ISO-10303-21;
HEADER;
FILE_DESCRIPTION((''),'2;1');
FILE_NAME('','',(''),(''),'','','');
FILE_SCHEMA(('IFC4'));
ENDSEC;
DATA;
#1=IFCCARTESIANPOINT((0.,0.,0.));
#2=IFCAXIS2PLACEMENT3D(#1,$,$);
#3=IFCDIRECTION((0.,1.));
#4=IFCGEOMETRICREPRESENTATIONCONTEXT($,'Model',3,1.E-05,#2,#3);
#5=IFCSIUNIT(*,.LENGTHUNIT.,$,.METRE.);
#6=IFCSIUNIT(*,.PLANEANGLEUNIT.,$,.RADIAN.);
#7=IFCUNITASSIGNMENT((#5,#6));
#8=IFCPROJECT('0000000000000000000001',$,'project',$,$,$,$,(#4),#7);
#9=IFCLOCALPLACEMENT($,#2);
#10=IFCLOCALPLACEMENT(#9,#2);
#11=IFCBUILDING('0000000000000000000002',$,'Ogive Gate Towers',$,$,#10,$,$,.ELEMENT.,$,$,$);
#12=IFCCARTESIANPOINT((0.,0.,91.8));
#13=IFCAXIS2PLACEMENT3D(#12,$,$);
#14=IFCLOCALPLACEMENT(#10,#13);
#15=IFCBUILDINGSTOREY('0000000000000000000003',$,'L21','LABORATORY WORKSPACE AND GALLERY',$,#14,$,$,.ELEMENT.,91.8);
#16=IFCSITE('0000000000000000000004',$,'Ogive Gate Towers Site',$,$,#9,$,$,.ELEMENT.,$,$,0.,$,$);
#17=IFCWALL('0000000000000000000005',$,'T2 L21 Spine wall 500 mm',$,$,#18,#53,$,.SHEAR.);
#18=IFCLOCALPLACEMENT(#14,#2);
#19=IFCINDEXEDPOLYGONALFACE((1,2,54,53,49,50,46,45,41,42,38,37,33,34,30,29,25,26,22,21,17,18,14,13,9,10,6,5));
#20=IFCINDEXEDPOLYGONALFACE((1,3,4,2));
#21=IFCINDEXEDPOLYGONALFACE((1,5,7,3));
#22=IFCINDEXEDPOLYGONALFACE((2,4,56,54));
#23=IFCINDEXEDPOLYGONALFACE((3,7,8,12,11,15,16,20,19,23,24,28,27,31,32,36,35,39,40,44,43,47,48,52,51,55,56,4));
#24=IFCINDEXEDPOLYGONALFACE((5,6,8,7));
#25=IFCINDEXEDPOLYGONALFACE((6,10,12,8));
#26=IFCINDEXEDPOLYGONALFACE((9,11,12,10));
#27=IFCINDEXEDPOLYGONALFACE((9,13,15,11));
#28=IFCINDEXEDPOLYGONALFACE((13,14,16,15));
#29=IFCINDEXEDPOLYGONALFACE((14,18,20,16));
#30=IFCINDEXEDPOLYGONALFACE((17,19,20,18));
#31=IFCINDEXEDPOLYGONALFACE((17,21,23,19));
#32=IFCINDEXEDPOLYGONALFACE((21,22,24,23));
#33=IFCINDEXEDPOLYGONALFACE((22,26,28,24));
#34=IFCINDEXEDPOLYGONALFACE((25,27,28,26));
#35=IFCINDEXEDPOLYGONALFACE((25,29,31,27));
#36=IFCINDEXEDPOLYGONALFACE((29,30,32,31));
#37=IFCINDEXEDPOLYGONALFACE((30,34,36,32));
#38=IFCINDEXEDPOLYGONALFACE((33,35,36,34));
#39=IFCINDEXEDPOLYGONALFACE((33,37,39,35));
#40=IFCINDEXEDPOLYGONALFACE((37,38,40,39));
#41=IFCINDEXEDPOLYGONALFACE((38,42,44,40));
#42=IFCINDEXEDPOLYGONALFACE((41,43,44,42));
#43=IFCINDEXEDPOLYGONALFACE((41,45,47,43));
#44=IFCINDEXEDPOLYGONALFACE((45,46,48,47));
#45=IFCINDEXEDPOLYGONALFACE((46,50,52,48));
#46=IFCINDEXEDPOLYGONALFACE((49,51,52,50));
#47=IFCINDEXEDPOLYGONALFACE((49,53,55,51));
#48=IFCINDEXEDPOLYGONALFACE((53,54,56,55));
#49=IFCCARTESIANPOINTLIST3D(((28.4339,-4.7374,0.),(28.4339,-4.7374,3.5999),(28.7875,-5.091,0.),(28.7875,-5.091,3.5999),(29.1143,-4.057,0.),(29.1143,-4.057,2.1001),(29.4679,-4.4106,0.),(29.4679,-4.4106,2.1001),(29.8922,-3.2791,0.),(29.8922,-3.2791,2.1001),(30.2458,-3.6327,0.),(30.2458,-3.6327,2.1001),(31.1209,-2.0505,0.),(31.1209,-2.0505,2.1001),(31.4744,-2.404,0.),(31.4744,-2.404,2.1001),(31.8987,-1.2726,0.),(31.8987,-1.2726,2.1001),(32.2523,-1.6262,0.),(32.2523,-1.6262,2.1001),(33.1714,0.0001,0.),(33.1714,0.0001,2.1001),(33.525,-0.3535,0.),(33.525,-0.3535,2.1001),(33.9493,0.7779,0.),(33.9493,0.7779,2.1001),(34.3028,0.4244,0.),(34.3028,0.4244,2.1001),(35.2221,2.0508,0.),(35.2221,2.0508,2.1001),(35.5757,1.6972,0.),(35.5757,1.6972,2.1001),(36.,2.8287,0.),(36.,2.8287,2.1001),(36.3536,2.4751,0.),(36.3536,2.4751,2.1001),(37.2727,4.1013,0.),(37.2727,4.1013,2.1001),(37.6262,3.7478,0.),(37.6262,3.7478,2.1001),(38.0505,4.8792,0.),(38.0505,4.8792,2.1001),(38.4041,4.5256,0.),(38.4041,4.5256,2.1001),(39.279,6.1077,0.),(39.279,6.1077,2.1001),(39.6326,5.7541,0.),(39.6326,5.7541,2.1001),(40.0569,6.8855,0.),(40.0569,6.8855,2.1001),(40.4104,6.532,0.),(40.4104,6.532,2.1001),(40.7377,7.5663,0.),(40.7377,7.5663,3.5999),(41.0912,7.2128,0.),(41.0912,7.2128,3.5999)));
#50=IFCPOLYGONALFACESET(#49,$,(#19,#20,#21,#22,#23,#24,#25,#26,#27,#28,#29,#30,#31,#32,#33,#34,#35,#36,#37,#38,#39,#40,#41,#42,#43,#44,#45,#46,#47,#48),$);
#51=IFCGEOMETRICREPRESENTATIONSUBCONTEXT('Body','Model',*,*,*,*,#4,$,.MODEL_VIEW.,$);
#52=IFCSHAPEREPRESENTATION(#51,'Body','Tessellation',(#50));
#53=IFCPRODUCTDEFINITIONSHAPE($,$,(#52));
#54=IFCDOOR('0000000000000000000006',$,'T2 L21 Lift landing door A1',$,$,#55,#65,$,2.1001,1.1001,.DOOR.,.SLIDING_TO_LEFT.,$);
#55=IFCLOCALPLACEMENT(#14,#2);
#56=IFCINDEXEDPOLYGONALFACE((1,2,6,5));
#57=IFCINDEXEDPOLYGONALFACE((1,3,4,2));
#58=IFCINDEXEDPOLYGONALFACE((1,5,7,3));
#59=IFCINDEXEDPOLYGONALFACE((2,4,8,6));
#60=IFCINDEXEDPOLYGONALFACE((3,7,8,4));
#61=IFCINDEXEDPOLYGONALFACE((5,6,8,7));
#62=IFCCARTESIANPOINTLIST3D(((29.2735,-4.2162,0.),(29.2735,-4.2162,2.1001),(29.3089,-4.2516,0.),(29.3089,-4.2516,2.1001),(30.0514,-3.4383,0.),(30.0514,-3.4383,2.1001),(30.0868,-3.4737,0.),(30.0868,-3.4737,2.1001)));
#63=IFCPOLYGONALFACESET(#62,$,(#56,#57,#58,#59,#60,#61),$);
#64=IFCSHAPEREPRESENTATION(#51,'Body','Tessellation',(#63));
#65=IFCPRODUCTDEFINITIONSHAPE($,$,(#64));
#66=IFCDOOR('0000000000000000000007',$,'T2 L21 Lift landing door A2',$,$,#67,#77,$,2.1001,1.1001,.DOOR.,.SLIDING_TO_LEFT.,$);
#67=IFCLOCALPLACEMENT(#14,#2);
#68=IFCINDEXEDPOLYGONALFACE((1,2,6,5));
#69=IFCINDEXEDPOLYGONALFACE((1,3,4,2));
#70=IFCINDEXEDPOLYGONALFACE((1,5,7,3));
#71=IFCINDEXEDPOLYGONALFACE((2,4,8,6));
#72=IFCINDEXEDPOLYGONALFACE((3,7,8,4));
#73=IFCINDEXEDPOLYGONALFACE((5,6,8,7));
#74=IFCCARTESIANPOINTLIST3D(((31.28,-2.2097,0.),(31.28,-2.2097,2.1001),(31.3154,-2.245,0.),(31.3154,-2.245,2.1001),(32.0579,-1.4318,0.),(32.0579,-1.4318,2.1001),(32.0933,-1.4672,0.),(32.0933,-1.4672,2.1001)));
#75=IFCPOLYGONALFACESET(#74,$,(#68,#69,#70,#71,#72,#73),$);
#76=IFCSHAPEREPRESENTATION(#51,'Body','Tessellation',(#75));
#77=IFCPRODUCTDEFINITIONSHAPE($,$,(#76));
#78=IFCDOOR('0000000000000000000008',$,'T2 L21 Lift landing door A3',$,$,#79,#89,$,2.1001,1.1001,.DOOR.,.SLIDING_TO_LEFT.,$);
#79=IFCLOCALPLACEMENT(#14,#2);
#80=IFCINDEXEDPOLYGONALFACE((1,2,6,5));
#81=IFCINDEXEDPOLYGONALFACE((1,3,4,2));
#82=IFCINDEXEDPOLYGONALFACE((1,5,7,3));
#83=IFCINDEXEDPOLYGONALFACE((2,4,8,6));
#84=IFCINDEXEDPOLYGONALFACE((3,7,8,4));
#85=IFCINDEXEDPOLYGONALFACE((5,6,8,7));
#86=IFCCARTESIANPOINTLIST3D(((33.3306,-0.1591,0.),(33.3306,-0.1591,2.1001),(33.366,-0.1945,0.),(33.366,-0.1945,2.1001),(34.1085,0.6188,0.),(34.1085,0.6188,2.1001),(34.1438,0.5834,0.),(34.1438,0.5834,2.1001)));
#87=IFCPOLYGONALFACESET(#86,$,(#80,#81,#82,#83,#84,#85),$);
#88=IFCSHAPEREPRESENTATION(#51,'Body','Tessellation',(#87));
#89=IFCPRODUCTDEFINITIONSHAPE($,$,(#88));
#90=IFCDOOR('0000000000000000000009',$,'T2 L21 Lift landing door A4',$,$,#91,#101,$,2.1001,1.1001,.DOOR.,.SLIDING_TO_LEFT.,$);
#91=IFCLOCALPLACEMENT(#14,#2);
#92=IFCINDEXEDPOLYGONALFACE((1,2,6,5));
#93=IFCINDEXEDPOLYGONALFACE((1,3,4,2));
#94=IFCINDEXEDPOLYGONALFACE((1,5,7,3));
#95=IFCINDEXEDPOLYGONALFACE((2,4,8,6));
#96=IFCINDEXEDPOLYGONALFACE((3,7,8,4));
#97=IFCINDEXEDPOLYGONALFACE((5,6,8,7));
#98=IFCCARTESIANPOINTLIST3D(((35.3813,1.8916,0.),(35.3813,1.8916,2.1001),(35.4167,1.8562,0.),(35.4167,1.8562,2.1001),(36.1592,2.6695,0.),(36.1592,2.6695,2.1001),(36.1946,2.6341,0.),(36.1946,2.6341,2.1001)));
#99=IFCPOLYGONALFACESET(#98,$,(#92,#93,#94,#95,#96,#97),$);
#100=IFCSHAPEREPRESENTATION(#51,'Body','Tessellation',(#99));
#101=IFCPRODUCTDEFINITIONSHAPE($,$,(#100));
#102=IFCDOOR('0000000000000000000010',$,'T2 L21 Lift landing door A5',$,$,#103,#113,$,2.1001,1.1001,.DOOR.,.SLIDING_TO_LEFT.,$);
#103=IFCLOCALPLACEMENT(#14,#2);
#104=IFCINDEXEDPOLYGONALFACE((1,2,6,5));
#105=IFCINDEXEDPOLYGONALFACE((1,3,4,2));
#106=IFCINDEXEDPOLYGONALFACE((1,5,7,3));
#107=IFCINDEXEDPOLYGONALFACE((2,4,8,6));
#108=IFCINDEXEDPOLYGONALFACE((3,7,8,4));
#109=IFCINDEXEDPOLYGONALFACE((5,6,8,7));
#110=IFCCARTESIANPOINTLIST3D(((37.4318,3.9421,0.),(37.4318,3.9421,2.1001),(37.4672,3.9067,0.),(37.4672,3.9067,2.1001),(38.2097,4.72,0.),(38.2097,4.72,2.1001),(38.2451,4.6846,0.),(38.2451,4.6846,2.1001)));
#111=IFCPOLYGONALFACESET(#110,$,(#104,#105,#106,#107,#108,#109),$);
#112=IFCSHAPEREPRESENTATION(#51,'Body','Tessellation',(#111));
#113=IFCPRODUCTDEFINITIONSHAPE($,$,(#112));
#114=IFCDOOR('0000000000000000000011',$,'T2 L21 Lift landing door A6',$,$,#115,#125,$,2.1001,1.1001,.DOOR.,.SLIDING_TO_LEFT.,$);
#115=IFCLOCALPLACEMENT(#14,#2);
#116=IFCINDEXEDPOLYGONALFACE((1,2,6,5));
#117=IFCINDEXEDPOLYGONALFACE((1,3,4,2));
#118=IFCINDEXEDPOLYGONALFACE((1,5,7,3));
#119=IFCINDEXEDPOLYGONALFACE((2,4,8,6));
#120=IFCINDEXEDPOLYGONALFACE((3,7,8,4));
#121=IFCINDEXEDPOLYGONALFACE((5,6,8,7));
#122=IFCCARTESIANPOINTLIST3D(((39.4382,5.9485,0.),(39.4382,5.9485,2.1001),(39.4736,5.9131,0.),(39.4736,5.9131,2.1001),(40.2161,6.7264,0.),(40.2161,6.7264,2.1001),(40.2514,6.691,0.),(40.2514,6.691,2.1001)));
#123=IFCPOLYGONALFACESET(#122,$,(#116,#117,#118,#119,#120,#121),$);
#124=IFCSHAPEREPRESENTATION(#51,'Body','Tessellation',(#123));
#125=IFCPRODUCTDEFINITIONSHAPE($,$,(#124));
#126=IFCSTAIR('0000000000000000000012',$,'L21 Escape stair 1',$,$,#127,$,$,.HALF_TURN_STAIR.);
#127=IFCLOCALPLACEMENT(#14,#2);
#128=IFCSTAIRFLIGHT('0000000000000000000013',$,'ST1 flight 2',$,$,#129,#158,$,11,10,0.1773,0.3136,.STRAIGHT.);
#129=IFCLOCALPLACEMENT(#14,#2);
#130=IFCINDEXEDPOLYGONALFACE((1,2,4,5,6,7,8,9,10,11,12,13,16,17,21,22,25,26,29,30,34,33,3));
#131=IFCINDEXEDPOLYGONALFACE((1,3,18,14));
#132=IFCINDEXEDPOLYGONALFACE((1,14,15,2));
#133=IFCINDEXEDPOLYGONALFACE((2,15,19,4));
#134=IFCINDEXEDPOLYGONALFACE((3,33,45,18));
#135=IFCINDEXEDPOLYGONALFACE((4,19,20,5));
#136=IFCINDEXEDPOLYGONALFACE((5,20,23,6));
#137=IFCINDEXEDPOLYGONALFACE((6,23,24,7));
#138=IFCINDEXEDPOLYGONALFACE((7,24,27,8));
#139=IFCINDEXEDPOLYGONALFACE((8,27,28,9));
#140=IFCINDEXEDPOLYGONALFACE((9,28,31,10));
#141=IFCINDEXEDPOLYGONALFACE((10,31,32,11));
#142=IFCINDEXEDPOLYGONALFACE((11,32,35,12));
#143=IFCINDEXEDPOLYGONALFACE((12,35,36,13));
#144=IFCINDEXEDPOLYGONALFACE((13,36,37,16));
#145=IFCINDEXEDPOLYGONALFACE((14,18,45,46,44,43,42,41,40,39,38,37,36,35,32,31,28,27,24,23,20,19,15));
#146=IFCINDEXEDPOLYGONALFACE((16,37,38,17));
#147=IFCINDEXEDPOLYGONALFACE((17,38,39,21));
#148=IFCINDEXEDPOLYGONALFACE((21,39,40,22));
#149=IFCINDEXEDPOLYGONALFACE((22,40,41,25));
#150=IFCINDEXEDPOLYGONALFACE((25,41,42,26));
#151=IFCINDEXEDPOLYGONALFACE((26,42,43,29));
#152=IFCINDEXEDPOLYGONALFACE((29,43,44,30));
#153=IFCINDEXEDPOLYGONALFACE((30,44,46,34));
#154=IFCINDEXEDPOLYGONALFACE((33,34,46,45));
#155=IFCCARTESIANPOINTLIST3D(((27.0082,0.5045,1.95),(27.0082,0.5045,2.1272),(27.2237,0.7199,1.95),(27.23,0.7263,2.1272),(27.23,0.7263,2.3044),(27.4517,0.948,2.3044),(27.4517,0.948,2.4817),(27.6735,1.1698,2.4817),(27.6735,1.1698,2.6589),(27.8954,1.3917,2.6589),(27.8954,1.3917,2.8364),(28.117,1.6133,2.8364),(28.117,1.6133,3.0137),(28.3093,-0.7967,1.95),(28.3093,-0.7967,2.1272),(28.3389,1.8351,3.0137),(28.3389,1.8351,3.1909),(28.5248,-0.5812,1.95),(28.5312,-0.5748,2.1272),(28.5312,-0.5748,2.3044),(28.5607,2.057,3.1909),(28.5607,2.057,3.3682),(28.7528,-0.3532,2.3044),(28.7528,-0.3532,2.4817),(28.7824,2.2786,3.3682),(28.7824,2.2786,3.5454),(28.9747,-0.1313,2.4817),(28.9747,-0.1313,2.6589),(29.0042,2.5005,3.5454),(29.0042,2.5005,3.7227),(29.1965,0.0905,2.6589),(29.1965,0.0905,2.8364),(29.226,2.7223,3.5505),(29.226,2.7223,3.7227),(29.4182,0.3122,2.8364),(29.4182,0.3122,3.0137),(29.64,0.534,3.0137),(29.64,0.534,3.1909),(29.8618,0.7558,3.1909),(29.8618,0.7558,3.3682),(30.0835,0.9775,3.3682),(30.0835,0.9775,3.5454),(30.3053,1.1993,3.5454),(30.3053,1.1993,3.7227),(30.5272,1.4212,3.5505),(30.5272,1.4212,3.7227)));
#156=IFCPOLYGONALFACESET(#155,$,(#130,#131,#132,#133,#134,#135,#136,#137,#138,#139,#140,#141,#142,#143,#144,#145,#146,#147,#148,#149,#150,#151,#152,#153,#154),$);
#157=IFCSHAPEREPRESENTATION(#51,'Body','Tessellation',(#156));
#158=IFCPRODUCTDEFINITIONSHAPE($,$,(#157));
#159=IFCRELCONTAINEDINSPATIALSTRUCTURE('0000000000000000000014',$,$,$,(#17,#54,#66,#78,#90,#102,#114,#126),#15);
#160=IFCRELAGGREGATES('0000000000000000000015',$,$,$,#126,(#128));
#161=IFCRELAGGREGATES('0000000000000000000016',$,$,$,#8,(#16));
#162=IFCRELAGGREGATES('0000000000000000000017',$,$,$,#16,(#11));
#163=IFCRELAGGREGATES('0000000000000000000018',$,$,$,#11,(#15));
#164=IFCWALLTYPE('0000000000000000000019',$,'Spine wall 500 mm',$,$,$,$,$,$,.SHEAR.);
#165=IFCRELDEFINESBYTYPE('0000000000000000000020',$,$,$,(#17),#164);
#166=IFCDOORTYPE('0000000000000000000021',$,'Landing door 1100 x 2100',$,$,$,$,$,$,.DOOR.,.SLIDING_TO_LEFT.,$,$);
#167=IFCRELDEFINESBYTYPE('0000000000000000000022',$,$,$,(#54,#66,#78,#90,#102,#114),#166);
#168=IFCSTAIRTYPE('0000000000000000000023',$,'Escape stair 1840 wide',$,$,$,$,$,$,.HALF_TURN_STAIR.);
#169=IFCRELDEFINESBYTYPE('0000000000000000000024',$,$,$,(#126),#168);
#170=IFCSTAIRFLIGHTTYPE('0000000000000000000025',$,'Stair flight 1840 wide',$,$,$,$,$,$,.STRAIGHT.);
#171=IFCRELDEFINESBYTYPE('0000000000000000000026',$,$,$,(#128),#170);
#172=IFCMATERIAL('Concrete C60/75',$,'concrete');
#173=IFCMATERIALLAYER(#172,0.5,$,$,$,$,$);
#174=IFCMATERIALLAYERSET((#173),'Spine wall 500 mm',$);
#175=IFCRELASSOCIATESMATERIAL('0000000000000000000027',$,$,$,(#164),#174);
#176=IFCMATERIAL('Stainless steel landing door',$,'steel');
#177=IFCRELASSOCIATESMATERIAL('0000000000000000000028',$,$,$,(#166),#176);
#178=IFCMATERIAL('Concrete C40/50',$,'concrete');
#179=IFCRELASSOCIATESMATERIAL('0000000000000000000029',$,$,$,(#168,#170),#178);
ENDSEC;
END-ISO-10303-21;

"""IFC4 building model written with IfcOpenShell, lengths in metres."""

from ifc_helpers import new_model, si_unit, direction, frame, frame_2d, origin, place, context, subcontext, project, spatial, polyline, rectangle, outline, extrude, material, layer, layer_set, type_object, element, fill, aggregate, save


model = new_model("IFC4")

# Units and contexts
model_context = context("Model", 3, precision=1e-05, world=origin(), true_north=direction((0.0, 1.0)))
body_context = subcontext(model_context, "Body", "Model", "MODEL_VIEW")
ifc_project = project(units=[si_unit("LENGTHUNIT", "METRE"), si_unit("PLANEANGLEUNIT", "RADIAN")], contexts=[model_context])

# Site, building, storey
site_placement = place(None, origin())
site = spatial("IfcSite", under=ifc_project, at=site_placement, Name="Ogive Gate Towers Site", CompositionType="ELEMENT", RefElevation=0.0)
building_placement = place(site_placement, origin())
building = spatial("IfcBuilding", under=site, at=building_placement, Name="Ogive Gate Towers", CompositionType="ELEMENT")
storey_placement = place(building_placement, frame((0.0, 0.0, 91.8)))
storey = spatial("IfcBuildingStorey", under=building, at=storey_placement, Name="L21", Description="LABORATORY WORKSPACE AND GALLERY", CompositionType="ELEMENT", Elevation=91.8)

# Shared definitions
ifc_material_1 = material(Name="Concrete C60/75", Category="concrete")

# Wall, openings, doors
ifc_layer_1 = layer(ifc_material_1, 0.5)
ifc_layer_set_1 = layer_set([ifc_layer_1], Name="Spine wall 500 mm")
wall_type_1 = type_object("IfcWallType", Name="Spine wall 500 mm", PredefinedType="SHEAR", material=ifc_layer_set_1)
ifc_material_2 = material(Name="Stainless steel landing door", Category="steel")
wall_1_placement = place(storey_placement, frame((28.6106, -4.9143, 0.0), z_axis=(0.0, 0.0, 1.0), x_axis=(0.707107, 0.707107, 0.0)))
wall_1 = element("IfcWall", 1, at=wall_1_placement, inside=storey, type_object=wall_type_1, Name="T2 L21 Spine wall 500 mm", PredefinedType="SHEAR", context=body_context, shape_type="SweptSolid", body=[
    extrude(rectangle(XDim=17.4001, YDim=0.5, at=frame_2d((8.7002, 0.0))), origin(), (0.0, 0.0, 1.0), 3.5999),
])
opening_1_placement = place(wall_1_placement, frame((0.9624, 0.0, 0.0)))
opening_1 = element("IfcOpeningElement", 2, at=opening_1_placement, cuts=wall_1, PredefinedType="OPENING", context=body_context, shape_type="SweptSolid", body=[
    extrude(rectangle(XDim=1.1001, YDim=2.1001, at=frame_2d((0.55, 1.05))), frame((0.0, 0.26, 0.0), z_axis=(0.0, -1.0, 0.0), x_axis=(1.0, 0.0, 0.0)), (0.0, 0.0, 1.0), 0.52),
])
opening_2_placement = place(wall_1_placement, frame((3.8, 0.0, 0.0)))
opening_2 = element("IfcOpeningElement", 3, at=opening_2_placement, cuts=wall_1, PredefinedType="OPENING", context=body_context, shape_type="SweptSolid", body=[
    extrude(rectangle(XDim=1.1001, YDim=2.1001, at=frame_2d((0.55, 1.05))), frame((0.0, 0.26, 0.0), z_axis=(0.0, -1.0, 0.0), x_axis=(1.0, 0.0, 0.0)), (0.0, 0.0, 1.0), 0.52),
])
opening_3_placement = place(wall_1_placement, frame((6.7, 0.0, 0.0)))
opening_3 = element("IfcOpeningElement", 4, at=opening_3_placement, cuts=wall_1, PredefinedType="OPENING", context=body_context, shape_type="SweptSolid", body=[
    extrude(rectangle(XDim=1.1001, YDim=2.1001, at=frame_2d((0.55, 1.05))), frame((0.0, 0.26, 0.0), z_axis=(0.0, -1.0, 0.0), x_axis=(1.0, 0.0, 0.0)), (0.0, 0.0, 1.0), 0.52),
])
opening_4_placement = place(wall_1_placement, frame((9.6001, 0.0, 0.0)))
opening_4 = element("IfcOpeningElement", 5, at=opening_4_placement, cuts=wall_1, PredefinedType="OPENING", context=body_context, shape_type="SweptSolid", body=[
    extrude(rectangle(XDim=1.1001, YDim=2.1001, at=frame_2d((0.55, 1.05))), frame((0.0, 0.26, 0.0), z_axis=(0.0, -1.0, 0.0), x_axis=(1.0, 0.0, 0.0)), (0.0, 0.0, 1.0), 0.52),
])
opening_5_placement = place(wall_1_placement, frame((12.5, 0.0, 0.0)))
opening_5 = element("IfcOpeningElement", 6, at=opening_5_placement, cuts=wall_1, PredefinedType="OPENING", context=body_context, shape_type="SweptSolid", body=[
    extrude(rectangle(XDim=1.1001, YDim=2.1001, at=frame_2d((0.55, 1.05))), frame((0.0, 0.26, 0.0), z_axis=(0.0, -1.0, 0.0), x_axis=(1.0, 0.0, 0.0)), (0.0, 0.0, 1.0), 0.52),
])
opening_6_placement = place(wall_1_placement, frame((15.3374, 0.0, 0.0)))
opening_6 = element("IfcOpeningElement", 7, at=opening_6_placement, cuts=wall_1, PredefinedType="OPENING", context=body_context, shape_type="SweptSolid", body=[
    extrude(rectangle(XDim=1.1001, YDim=2.1001, at=frame_2d((0.55, 1.05))), frame((0.0, 0.26, 0.0), z_axis=(0.0, -1.0, 0.0), x_axis=(1.0, 0.0, 0.0)), (0.0, 0.0, 1.0), 0.52),
])
door_type_1 = type_object("IfcDoorType", Name="Landing door 1100 x 2100", OperationType="SLIDING_TO_LEFT", PredefinedType="DOOR", material=ifc_material_2)
door_1_placement = place(opening_1_placement, origin())
door_1 = element("IfcDoor", 8, at=door_1_placement, inside=storey, type_object=door_type_1, Name="T2 L21 Lift landing door A1", OperationType="SLIDING_TO_LEFT", OverallHeight=2.1001, OverallWidth=1.1001, PredefinedType="DOOR", context=body_context, shape_type="SweptSolid", body=[
    extrude(rectangle(XDim=1.1001, YDim=2.1001, at=frame_2d((0.55, 1.05))), frame((0.0, 0.0249, 0.0), z_axis=(0.0, -1.0, 0.0), x_axis=(1.0, 0.0, 0.0)), (0.0, 0.0, 1.0), 0.05),
])
fill(opening_1, door_1)
door_2_placement = place(opening_2_placement, origin())
door_2 = element("IfcDoor", 9, at=door_2_placement, inside=storey, type_object=door_type_1, Name="T2 L21 Lift landing door A2", OperationType="SLIDING_TO_LEFT", OverallHeight=2.1001, OverallWidth=1.1001, PredefinedType="DOOR", context=body_context, shape_type="SweptSolid", body=[
    extrude(rectangle(XDim=1.1001, YDim=2.1001, at=frame_2d((0.55, 1.05))), frame((0.0, 0.0249, 0.0), z_axis=(0.0, -1.0, 0.0), x_axis=(1.0, 0.0, 0.0)), (0.0, 0.0, 1.0), 0.05),
])
fill(opening_2, door_2)
door_3_placement = place(opening_3_placement, origin())
door_3 = element("IfcDoor", 10, at=door_3_placement, inside=storey, type_object=door_type_1, Name="T2 L21 Lift landing door A3", OperationType="SLIDING_TO_LEFT", OverallHeight=2.1001, OverallWidth=1.1001, PredefinedType="DOOR", context=body_context, shape_type="SweptSolid", body=[
    extrude(rectangle(XDim=1.1001, YDim=2.1001, at=frame_2d((0.55, 1.05))), frame((0.0, 0.0249, 0.0), z_axis=(0.0, -1.0, 0.0), x_axis=(1.0, 0.0, 0.0)), (0.0, 0.0, 1.0), 0.05),
])
fill(opening_3, door_3)
door_4_placement = place(opening_4_placement, origin())
door_4 = element("IfcDoor", 11, at=door_4_placement, inside=storey, type_object=door_type_1, Name="T2 L21 Lift landing door A4", OperationType="SLIDING_TO_LEFT", OverallHeight=2.1001, OverallWidth=1.1001, PredefinedType="DOOR", context=body_context, shape_type="SweptSolid", body=[
    extrude(rectangle(XDim=1.1001, YDim=2.1001, at=frame_2d((0.55, 1.05))), frame((0.0, 0.0249, 0.0), z_axis=(0.0, -1.0, 0.0), x_axis=(1.0, 0.0, 0.0)), (0.0, 0.0, 1.0), 0.05),
])
fill(opening_4, door_4)
door_5_placement = place(opening_5_placement, origin())
door_5 = element("IfcDoor", 12, at=door_5_placement, inside=storey, type_object=door_type_1, Name="T2 L21 Lift landing door A5", OperationType="SLIDING_TO_LEFT", OverallHeight=2.1001, OverallWidth=1.1001, PredefinedType="DOOR", context=body_context, shape_type="SweptSolid", body=[
    extrude(rectangle(XDim=1.1001, YDim=2.1001, at=frame_2d((0.55, 1.05))), frame((0.0, 0.0249, 0.0), z_axis=(0.0, -1.0, 0.0), x_axis=(1.0, 0.0, 0.0)), (0.0, 0.0, 1.0), 0.05),
])
fill(opening_5, door_5)
door_6_placement = place(opening_6_placement, origin())
door_6 = element("IfcDoor", 13, at=door_6_placement, inside=storey, type_object=door_type_1, Name="T2 L21 Lift landing door A6", OperationType="SLIDING_TO_LEFT", OverallHeight=2.1001, OverallWidth=1.1001, PredefinedType="DOOR", context=body_context, shape_type="SweptSolid", body=[
    extrude(rectangle(XDim=1.1001, YDim=2.1001, at=frame_2d((0.55, 1.05))), frame((0.0, 0.0249, 0.0), z_axis=(0.0, -1.0, 0.0), x_axis=(1.0, 0.0, 0.0)), (0.0, 0.0, 1.0), 0.05),
])
fill(opening_6, door_6)

# Stair, stair flight
ifc_material_3 = material(Name="Concrete C40/50", Category="concrete")
stair_type = type_object("IfcStairType", Name="Escape stair 1840 wide", PredefinedType="HALF_TURN_STAIR", material=ifc_material_3)
stair_placement = place(storey_placement, origin())
stair = element("IfcStair", 14, at=stair_placement, inside=storey, type_object=stair_type, Name="L21 Escape stair 1", PredefinedType="HALF_TURN_STAIR")
stair_flight_type = type_object("IfcStairFlightType", Name="Stair flight 1840 wide", PredefinedType="STRAIGHT", material=ifc_material_3)
stair_flight_placement = place(storey_placement, frame((27.6587, -0.146, 1.95), z_axis=(0.0, 0.0, 1.0), x_axis=(0.707107, 0.707107, 0.0)))
stair_flight = element("IfcStairFlight", 15, at=stair_flight_placement, type_object=stair_flight_type, Name="ST1 flight 2", NumberOfRisers=11, NumberOfTreads=10, PredefinedType="STRAIGHT", RiserHeight=0.1773, TreadLength=0.3136, context=body_context, shape_type="SweptSolid", body=[
    extrude(outline(polyline([(0.0, 0.0), (0.0, 0.1772), (0.3137, 0.1772), (0.3137, 0.3545), (0.6272, 0.3545), (0.6272, 0.5317), (0.9409, 0.5317), (0.9409, 0.709), (1.2546, 0.709), (1.2546, 0.8865), (1.5681, 0.8865), (1.5681, 1.0637), (1.8818, 1.0637), (1.8818, 1.241), (2.1956, 1.241), (2.1956, 1.4182), (2.509, 1.4182), (2.509, 1.5955), (2.8228, 1.5955), (2.8228, 1.7727), (3.1365, 1.7727), (3.1365, 1.95), (3.1365, 1.6006), (0.3047, 0.0), (0.0, 0.0)])), frame((0.0, 0.9199, 0.0), z_axis=(0.0, -1.0, 0.0), x_axis=(1.0, 0.0, 0.0)), (0.0, 0.0, 1.0), 1.8401),
])
aggregate(stair, [stair_flight])

save(model, "model.ifc")
